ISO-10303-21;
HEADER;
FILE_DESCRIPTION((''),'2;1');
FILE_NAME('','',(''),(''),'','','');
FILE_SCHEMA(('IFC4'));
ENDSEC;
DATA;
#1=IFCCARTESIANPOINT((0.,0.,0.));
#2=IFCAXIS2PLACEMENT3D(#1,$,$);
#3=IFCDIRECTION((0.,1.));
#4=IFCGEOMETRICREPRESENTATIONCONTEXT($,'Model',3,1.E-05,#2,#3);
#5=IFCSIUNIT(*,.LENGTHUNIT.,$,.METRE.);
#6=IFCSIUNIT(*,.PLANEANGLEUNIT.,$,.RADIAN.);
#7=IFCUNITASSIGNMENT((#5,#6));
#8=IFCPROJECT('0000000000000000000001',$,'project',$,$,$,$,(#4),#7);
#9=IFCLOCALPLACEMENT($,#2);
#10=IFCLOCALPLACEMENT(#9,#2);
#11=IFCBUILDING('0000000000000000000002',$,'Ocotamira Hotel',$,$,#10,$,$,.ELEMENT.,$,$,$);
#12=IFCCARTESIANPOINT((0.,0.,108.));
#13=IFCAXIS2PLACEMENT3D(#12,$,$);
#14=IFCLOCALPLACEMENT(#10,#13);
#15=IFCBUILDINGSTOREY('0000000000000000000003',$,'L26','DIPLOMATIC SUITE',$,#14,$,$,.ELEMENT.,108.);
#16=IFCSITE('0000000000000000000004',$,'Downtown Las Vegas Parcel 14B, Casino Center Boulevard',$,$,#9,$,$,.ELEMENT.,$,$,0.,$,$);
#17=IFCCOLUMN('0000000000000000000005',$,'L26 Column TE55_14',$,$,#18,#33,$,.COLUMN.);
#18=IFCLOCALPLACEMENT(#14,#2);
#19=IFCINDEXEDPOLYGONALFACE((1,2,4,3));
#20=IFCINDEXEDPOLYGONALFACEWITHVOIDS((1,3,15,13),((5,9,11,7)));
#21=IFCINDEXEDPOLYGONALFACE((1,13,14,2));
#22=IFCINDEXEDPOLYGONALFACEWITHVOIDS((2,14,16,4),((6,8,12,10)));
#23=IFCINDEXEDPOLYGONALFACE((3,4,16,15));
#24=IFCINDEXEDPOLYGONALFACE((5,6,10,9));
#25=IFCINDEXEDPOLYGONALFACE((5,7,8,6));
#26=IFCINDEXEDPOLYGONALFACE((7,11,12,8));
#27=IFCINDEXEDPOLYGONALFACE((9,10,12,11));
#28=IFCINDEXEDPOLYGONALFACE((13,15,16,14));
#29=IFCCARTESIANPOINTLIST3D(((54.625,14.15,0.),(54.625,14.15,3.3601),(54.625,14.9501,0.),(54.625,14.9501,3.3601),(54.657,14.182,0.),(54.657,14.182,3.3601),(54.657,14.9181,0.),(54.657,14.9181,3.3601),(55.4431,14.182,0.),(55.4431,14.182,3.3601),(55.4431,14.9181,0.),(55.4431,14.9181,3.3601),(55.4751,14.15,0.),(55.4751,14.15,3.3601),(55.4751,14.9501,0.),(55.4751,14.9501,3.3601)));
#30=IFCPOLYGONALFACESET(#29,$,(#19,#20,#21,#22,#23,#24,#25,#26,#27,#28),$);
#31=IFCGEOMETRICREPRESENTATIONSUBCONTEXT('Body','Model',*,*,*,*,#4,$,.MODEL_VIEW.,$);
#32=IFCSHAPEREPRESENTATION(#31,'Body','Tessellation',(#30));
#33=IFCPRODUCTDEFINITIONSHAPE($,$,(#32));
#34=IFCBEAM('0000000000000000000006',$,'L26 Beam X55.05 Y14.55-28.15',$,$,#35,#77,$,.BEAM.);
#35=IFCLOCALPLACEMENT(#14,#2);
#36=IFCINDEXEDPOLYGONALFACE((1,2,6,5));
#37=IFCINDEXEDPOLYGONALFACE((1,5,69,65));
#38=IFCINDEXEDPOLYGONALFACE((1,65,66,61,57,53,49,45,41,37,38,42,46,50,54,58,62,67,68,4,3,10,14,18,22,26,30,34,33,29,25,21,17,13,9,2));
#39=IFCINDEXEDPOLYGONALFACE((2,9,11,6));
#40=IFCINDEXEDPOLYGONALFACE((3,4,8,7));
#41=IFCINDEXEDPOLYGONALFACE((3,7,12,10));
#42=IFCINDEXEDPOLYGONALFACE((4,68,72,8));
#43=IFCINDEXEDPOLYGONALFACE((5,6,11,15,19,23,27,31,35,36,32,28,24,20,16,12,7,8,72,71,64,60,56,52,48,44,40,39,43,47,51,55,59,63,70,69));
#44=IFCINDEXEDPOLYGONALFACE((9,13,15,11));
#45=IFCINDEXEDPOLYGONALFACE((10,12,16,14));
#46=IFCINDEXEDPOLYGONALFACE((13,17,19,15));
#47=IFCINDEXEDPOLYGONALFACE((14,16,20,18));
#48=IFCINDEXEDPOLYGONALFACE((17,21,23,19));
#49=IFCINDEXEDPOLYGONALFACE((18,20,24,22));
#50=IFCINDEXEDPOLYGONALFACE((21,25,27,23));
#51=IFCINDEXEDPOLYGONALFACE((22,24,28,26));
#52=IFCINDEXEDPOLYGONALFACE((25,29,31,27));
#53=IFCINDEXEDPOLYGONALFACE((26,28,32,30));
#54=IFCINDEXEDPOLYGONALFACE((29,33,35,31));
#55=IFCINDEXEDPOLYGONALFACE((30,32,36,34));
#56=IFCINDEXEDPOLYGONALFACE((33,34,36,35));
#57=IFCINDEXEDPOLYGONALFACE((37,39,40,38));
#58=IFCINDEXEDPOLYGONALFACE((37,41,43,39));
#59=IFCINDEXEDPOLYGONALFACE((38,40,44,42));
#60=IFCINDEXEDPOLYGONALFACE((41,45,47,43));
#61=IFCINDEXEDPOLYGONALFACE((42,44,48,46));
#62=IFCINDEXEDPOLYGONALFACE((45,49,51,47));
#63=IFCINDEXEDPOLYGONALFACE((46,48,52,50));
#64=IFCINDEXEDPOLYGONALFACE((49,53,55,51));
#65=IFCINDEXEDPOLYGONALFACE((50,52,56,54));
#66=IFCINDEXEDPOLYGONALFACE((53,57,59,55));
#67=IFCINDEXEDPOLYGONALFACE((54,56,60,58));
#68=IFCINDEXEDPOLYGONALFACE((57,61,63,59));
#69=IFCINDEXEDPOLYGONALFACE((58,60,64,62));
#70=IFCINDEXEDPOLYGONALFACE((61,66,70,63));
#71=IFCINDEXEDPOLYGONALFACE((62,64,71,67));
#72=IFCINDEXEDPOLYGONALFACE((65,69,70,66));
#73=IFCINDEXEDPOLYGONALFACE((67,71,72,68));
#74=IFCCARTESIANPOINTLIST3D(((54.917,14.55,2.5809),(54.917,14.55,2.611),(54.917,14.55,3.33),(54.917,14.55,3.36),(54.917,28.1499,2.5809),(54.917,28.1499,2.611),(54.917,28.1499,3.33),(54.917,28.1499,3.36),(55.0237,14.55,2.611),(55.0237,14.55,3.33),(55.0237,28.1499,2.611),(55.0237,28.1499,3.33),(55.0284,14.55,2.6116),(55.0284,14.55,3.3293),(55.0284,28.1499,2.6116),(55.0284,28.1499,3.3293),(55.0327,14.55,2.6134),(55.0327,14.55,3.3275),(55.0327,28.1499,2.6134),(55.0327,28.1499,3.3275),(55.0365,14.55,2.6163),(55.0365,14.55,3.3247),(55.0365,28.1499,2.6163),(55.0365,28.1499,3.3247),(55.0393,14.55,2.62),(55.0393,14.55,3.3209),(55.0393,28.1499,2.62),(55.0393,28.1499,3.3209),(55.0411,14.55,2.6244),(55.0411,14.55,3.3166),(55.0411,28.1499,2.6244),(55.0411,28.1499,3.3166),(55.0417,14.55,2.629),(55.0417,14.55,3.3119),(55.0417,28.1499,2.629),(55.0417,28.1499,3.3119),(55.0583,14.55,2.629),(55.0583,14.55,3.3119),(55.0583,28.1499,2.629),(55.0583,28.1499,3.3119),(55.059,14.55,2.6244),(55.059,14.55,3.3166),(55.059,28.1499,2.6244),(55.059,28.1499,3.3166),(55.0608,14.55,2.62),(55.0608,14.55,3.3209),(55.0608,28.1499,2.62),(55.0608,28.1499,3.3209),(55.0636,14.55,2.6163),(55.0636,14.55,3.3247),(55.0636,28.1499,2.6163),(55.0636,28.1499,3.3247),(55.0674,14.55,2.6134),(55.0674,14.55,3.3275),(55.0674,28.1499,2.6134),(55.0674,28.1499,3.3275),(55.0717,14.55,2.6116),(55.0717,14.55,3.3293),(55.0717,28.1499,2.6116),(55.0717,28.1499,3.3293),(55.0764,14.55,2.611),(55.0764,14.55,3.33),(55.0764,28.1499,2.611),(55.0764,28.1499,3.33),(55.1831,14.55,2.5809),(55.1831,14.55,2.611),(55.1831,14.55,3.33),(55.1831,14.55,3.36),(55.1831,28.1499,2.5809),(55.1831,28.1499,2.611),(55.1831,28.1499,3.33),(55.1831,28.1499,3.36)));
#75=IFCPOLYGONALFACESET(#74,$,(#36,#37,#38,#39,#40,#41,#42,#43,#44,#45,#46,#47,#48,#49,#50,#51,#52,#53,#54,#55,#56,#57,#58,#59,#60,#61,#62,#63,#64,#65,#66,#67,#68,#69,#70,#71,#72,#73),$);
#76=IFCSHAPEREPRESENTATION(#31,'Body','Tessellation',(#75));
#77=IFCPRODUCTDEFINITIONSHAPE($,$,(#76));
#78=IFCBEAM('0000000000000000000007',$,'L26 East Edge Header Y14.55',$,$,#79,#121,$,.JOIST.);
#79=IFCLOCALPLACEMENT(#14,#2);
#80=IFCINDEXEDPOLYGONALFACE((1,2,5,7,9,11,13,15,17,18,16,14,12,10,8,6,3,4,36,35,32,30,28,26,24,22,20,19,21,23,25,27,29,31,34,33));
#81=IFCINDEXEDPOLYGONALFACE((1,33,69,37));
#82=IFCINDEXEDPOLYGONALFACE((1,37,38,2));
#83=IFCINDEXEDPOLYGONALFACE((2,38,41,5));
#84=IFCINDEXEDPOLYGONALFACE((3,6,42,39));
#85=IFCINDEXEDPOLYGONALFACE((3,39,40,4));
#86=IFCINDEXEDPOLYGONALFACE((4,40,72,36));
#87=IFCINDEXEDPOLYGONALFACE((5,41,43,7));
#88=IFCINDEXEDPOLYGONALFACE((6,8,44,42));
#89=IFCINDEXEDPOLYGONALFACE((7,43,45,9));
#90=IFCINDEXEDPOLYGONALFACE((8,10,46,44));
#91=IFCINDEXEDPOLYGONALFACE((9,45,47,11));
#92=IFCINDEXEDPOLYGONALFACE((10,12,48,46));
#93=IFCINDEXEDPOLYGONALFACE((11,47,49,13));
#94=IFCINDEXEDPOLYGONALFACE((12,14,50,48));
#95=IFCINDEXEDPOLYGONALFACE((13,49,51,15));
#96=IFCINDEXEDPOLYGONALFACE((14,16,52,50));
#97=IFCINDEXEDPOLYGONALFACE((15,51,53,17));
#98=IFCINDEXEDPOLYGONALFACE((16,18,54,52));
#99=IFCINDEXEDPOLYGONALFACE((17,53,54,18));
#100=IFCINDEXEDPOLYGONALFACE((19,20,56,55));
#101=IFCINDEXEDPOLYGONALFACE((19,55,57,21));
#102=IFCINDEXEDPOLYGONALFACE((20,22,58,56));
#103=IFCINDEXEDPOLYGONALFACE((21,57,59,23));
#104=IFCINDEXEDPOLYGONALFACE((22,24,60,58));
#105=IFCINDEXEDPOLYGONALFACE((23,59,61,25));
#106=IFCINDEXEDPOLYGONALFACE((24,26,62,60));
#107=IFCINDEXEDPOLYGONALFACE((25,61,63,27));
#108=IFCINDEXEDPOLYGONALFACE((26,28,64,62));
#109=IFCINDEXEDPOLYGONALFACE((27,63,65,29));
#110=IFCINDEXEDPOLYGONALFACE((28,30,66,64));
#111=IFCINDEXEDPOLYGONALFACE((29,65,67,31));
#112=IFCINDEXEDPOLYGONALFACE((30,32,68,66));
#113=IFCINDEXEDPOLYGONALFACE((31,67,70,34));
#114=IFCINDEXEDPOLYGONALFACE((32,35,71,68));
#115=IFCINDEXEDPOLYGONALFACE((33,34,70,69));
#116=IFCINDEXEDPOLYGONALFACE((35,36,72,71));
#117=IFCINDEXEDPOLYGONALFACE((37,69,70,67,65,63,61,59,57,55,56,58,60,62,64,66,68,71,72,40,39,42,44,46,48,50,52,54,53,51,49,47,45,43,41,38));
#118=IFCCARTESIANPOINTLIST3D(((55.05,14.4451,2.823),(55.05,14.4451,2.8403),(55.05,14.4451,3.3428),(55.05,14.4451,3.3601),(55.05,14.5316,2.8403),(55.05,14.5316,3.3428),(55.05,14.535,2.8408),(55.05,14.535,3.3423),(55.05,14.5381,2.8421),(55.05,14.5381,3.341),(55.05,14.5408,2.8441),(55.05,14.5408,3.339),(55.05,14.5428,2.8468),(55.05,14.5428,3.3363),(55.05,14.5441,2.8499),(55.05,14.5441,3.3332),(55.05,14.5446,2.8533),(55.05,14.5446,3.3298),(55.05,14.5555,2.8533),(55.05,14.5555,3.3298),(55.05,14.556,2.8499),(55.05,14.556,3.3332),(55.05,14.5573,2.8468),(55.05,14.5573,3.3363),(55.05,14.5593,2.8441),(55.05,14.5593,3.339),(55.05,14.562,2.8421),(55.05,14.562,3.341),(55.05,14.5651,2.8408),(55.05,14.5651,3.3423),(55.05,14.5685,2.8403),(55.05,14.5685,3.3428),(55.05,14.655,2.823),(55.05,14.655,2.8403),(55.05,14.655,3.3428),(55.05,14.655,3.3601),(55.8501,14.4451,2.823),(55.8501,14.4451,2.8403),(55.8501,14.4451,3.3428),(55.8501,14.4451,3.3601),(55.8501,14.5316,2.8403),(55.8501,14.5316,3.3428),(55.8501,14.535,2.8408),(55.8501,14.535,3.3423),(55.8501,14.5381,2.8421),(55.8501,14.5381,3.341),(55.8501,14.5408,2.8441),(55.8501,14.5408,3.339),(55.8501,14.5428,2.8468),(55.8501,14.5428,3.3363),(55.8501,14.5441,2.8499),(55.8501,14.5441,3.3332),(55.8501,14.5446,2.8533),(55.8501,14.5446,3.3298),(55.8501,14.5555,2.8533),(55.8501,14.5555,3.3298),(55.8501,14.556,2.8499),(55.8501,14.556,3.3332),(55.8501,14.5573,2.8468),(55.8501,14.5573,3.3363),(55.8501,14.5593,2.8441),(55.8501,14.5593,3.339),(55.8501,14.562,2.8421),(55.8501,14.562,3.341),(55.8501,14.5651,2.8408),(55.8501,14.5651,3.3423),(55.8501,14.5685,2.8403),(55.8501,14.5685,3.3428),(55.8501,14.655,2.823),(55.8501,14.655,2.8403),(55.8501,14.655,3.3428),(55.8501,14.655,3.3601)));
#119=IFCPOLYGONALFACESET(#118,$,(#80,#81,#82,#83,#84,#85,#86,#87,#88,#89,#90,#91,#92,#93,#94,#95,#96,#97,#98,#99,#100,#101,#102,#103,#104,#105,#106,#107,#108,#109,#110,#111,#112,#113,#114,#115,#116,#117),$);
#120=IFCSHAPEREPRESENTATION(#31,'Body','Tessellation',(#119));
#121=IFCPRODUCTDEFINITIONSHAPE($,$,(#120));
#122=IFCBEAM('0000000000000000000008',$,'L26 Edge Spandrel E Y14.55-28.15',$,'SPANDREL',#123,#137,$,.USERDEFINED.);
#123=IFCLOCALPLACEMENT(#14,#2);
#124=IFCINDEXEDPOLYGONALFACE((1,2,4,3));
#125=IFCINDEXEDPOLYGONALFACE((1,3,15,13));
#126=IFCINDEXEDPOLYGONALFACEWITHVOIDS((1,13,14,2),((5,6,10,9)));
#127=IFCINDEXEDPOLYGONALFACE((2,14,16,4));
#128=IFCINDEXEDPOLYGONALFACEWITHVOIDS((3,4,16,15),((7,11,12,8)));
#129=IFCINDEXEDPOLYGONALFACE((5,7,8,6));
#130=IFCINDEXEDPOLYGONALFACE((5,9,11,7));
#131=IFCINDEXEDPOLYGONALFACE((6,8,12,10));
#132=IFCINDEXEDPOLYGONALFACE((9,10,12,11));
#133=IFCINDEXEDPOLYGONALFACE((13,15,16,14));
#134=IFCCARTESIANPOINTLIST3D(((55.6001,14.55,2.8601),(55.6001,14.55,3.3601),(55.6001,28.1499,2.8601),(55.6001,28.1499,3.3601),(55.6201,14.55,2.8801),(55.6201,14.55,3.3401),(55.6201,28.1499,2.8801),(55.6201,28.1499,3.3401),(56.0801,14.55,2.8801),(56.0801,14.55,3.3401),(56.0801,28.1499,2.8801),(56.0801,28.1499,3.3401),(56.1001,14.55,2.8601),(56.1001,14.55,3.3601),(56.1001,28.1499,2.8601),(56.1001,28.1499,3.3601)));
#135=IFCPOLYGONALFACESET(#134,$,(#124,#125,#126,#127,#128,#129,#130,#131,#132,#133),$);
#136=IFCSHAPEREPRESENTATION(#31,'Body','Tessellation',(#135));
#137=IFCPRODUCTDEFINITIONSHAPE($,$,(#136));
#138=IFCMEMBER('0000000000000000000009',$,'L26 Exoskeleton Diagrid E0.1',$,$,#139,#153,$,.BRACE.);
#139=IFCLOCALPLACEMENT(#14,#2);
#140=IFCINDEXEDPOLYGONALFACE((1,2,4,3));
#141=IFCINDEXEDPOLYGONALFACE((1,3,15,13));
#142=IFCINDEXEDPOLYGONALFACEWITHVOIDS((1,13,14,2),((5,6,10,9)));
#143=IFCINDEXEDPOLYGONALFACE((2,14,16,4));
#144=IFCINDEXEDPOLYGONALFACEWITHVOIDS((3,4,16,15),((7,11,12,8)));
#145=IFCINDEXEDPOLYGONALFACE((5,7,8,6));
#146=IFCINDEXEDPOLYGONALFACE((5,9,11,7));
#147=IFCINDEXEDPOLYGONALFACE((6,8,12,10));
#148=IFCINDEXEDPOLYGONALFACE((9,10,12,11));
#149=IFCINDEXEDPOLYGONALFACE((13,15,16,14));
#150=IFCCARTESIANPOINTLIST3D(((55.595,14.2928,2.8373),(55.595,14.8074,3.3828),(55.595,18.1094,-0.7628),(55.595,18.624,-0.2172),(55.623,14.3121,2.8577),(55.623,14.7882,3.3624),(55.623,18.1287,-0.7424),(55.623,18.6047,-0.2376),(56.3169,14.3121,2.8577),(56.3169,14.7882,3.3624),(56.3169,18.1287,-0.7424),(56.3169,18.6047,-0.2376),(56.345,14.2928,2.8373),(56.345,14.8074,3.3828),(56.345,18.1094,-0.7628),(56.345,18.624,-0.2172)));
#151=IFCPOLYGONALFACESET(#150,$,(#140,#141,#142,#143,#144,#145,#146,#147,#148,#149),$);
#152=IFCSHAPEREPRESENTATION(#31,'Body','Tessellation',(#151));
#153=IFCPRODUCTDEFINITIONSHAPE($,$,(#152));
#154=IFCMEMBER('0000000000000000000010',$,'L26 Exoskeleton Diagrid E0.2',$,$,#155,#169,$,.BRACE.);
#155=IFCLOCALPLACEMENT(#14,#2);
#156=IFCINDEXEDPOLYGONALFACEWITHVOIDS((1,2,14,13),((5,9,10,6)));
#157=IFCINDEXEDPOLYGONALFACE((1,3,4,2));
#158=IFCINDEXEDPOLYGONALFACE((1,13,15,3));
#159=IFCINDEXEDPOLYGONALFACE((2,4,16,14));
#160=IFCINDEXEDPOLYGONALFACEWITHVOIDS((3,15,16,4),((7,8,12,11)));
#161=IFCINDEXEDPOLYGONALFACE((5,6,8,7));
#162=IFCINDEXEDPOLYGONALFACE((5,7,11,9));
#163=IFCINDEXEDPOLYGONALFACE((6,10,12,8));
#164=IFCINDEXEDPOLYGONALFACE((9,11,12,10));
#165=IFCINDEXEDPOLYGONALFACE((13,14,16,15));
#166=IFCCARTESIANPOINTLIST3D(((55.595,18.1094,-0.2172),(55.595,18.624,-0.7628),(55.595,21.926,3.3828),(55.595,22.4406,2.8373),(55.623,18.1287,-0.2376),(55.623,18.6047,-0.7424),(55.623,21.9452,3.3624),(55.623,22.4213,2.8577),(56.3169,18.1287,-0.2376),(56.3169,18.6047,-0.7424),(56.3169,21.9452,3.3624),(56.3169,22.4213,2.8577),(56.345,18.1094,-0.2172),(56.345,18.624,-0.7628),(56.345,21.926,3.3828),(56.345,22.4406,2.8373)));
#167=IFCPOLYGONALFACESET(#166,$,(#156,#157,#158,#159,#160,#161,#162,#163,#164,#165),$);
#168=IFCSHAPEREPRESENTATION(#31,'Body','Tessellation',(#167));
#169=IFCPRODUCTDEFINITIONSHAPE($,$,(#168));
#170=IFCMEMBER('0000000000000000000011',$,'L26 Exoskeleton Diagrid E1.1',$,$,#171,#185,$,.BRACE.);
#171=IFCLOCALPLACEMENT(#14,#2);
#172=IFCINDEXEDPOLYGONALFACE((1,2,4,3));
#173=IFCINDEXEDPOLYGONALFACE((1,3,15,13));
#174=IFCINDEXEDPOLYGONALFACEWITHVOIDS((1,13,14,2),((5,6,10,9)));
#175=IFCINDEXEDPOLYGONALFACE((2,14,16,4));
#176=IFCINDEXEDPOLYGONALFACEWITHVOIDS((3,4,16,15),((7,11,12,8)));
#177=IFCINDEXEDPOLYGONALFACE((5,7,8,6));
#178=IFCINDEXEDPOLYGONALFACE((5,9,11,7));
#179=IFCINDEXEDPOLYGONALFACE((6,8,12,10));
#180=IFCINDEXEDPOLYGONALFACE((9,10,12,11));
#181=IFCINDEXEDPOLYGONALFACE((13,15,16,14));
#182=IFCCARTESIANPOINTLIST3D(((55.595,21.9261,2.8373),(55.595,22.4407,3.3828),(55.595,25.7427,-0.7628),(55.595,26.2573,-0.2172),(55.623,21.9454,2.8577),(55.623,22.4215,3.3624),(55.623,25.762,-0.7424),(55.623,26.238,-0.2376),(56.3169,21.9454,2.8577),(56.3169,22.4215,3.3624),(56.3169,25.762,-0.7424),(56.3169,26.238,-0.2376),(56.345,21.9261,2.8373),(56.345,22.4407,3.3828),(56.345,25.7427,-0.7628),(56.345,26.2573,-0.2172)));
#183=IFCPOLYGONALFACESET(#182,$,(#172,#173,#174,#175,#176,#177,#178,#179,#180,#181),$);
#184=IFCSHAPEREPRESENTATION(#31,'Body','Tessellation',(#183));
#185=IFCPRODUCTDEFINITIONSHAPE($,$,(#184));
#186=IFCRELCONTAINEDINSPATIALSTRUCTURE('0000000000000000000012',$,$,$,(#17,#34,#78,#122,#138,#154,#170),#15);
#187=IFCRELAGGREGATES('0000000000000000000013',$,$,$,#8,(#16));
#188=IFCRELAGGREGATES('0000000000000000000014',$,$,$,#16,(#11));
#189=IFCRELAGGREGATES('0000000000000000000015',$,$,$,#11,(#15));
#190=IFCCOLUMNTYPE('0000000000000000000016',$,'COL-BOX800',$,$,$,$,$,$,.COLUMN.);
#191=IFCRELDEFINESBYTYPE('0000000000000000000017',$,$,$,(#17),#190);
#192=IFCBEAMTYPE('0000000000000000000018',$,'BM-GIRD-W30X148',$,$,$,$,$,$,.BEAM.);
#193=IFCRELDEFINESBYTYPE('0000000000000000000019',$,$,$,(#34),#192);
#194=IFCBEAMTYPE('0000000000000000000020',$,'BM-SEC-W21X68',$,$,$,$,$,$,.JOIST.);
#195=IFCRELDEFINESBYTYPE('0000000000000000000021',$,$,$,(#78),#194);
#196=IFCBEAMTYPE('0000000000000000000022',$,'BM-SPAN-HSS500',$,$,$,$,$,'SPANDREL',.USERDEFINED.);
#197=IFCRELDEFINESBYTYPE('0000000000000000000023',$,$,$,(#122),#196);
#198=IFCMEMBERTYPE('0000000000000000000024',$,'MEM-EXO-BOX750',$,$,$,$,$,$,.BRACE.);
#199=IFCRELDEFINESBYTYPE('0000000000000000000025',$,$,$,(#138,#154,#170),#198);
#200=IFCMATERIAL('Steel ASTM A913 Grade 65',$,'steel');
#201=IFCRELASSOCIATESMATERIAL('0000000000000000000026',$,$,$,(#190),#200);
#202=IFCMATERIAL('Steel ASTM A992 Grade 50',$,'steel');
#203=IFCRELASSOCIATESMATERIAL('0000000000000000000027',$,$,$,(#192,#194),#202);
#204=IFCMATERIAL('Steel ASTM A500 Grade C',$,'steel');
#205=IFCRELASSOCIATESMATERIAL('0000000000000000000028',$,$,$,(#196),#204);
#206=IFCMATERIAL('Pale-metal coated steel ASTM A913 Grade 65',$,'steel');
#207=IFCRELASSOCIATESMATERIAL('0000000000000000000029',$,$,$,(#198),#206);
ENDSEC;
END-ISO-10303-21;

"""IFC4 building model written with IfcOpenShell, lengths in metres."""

from ifc_helpers import new_model, si_unit, direction, frame, origin, origin_2d, place, context, subcontext, project, spatial, hollow_rectangle, i_section, extrude, source, transform, mapped, material, material_profile, profile_set, type_object, element, save


model = new_model("IFC4")

# Units and contexts
model_context = context("Model", 3, precision=1e-05, world=origin(), true_north=direction((0.0, 1.0)))
body_context = subcontext(model_context, "Body", "Model", "MODEL_VIEW")
ifc_project = project(units=[si_unit("LENGTHUNIT", "METRE"), si_unit("PLANEANGLEUNIT", "RADIAN")], contexts=[model_context])

# Site, building, storey
site_placement = place(None, origin())
site = spatial("IfcSite", under=ifc_project, at=site_placement, Name="Downtown Las Vegas Parcel 14B, Casino Center Boulevard", CompositionType="ELEMENT", RefElevation=0.0)
building_placement = place(site_placement, origin())
building = spatial("IfcBuilding", under=site, at=building_placement, Name="Ocotamira Hotel", CompositionType="ELEMENT")
storey_placement = place(building_placement, frame((0.0, 0.0, 108.0)))
storey = spatial("IfcBuildingStorey", under=building, at=storey_placement, Name="L26", Description="DIPLOMATIC SUITE", CompositionType="ELEMENT", Elevation=108.0)

# Column
ifc_material_1 = material(Name="Steel ASTM A913 Grade 65", Category="steel")
ifc_material_profile_1 = material_profile(ifc_material_1, hollow_rectangle(XDim=0.8501, YDim=0.8, WallThickness=0.032, at=origin_2d()), Name="BOX800X850X32")
ifc_profile_set_1 = profile_set([ifc_material_profile_1], Name="Steel ASTM A913 Grade 65")
column_type = type_object("IfcColumnType", Name="COL-BOX800", PredefinedType="COLUMN", material=ifc_profile_set_1)
shared_shape_1 = source(origin(), body_context, "Body", "SweptSolid", [
    extrude(hollow_rectangle(XDim=0.8501, YDim=0.8, WallThickness=0.032, at=origin_2d()), origin(), (0.0, 0.0, 1.0), 3.3601),
])
column_placement = place(storey_placement, frame((55.05, 14.55, 0.0), z_axis=(0.0, 0.0, 1.0), x_axis=(1.0, 0.0, 0.0)))
element("IfcColumn", 1, at=column_placement, inside=storey, type_object=column_type, Name="L26 Column TE55_14", PredefinedType="COLUMN", context=body_context, shape_type="MappedRepresentation", body=[
    mapped(shared_shape_1, transform((0.0, 0.0, 0.0), scale=1.0)),
])

# Beams
ifc_material_2 = material(Name="Steel ASTM A992 Grade 50", Category="steel")
ifc_material_profile_2 = material_profile(ifc_material_2, i_section(OverallWidth=0.2661, OverallDepth=0.7791, WebThickness=0.0166, FlangeThickness=0.03, FilletRadius=0.0181, at=origin_2d()), Name="W30X148")
ifc_profile_set_2 = profile_set([ifc_material_profile_2], Name="Steel ASTM A992 Grade 50")
beam_type_1 = type_object("IfcBeamType", Name="BM-GIRD-W30X148", PredefinedType="BEAM", material=ifc_profile_set_2)
shared_shape_2 = source(origin(), body_context, "Body", "SweptSolid", [
    extrude(i_section(OverallWidth=0.2661, OverallDepth=0.7791, WebThickness=0.0166, FlangeThickness=0.03, FilletRadius=0.0181, at=origin_2d()), origin(), (0.0, 0.0, 1.0), 13.5999),
])
beam_1_placement = place(storey_placement, frame((55.05, 14.55, 2.9705), z_axis=(0.0, 1.0, 0.0), x_axis=(-1.0, 0.0, 0.0)))
element("IfcBeam", 2, at=beam_1_placement, inside=storey, type_object=beam_type_1, Name="L26 Beam X55.05 Y14.55-28.15", PredefinedType="BEAM", context=body_context, shape_type="MappedRepresentation", body=[
    mapped(shared_shape_2, transform((0.0, 0.0, 0.0), scale=1.0)),
])
ifc_material_profile_3 = material_profile(ifc_material_2, i_section(OverallWidth=0.21, OverallDepth=0.5371, WebThickness=0.011, FlangeThickness=0.0173, FilletRadius=0.0129, at=origin_2d()), Name="W21X68")
ifc_profile_set_3 = profile_set([ifc_material_profile_3], Name="Steel ASTM A992 Grade 50")
beam_type_2 = type_object("IfcBeamType", Name="BM-SEC-W21X68", PredefinedType="JOIST", material=ifc_profile_set_3)
shared_shape_3 = source(origin(), body_context, "Body", "SweptSolid", [
    extrude(i_section(OverallWidth=0.21, OverallDepth=0.5371, WebThickness=0.011, FlangeThickness=0.0173, FilletRadius=0.0129, at=origin_2d()), origin(), (0.0, 0.0, 1.0), 0.8),
])
beam_2_placement = place(storey_placement, frame((55.05, 14.55, 3.0916), z_axis=(1.0, 0.0, 0.0), x_axis=(0.0, 1.0, 0.0)))
element("IfcBeam", 3, at=beam_2_placement, inside=storey, type_object=beam_type_2, Name="L26 East Edge Header Y14.55", PredefinedType="JOIST", context=body_context, shape_type="MappedRepresentation", body=[
    mapped(shared_shape_3, transform((0.0, 0.0, 0.0), scale=1.0)),
])
ifc_material_3 = material(Name="Steel ASTM A500 Grade C", Category="steel")
ifc_material_profile_4 = material_profile(ifc_material_3, hollow_rectangle(XDim=0.5, YDim=0.5, WallThickness=0.02, at=origin_2d()), Name="HSS500X500X20")
ifc_profile_set_4 = profile_set([ifc_material_profile_4], Name="Steel ASTM A500 Grade C")
beam_type_3 = type_object("IfcBeamType", Name="BM-SPAN-HSS500", ElementType="SPANDREL", PredefinedType="USERDEFINED", material=ifc_profile_set_4)
shared_shape_4 = source(origin(), body_context, "Body", "SweptSolid", [
    extrude(hollow_rectangle(XDim=0.5, YDim=0.5, WallThickness=0.02, at=origin_2d()), origin(), (0.0, 0.0, 1.0), 13.5999),
])
beam_3_placement = place(storey_placement, frame((55.8501, 14.55, 3.1101), z_axis=(0.0, 1.0, 0.0), x_axis=(-1.0, 0.0, 0.0)))
element("IfcBeam", 4, at=beam_3_placement, inside=storey, type_object=beam_type_3, Name="L26 Edge Spandrel E Y14.55-28.15", ObjectType="SPANDREL", PredefinedType="USERDEFINED", context=body_context, shape_type="MappedRepresentation", body=[
    mapped(shared_shape_4, transform((0.0, 0.0, 0.0), scale=1.0)),
])

# Members
ifc_material_4 = material(Name="Pale-metal coated steel ASTM A913 Grade 65", Category="steel")
ifc_material_profile_5 = material_profile(ifc_material_4, hollow_rectangle(XDim=0.75, YDim=0.75, WallThickness=0.0281, at=origin_2d()), Name="BOX750X750X28")
ifc_profile_set_5 = profile_set([ifc_material_profile_5], Name="Pale-metal coated steel ASTM A913 Grade 65")
member_type_1 = type_object("IfcMemberType", Name="MEM-EXO-BOX750", PredefinedType="BRACE", material=ifc_profile_set_5)
shared_shape_5 = source(origin(), body_context, "Body", "SweptSolid", [
    extrude(hollow_rectangle(XDim=0.75, YDim=0.75, WallThickness=0.0281, at=origin_2d()), origin(), (0.0, 0.0, 1.0), 5.2466),
])
for number, where, z_axis, x_axis, name in (
    (5, (55.97, 18.3667, -0.49), (0.0, -0.727443, 0.686168), (1.0, 0.0, 0.0), "L26 Exoskeleton Diagrid E0.1"),
    (6, (55.97, 18.3667, -0.49), (0.0, 0.727443, 0.686168), (-1.0, 0.0, 0.0), "L26 Exoskeleton Diagrid E0.2"),
    (7, (55.97, 26.0, -0.49), (0.0, -0.727443, 0.686168), (1.0, 0.0, 0.0), "L26 Exoskeleton Diagrid E1.1"),
):
    element("IfcMember", number, at=place(storey_placement, frame(where, z_axis=z_axis, x_axis=x_axis)), inside=storey, type_object=member_type_1, Name=name, PredefinedType="BRACE", context=body_context, shape_type="MappedRepresentation", body=[
        mapped(shared_shape_5, transform((0.0, 0.0, 0.0), scale=1.0)),
    ])

save(model, "model.ifc")
